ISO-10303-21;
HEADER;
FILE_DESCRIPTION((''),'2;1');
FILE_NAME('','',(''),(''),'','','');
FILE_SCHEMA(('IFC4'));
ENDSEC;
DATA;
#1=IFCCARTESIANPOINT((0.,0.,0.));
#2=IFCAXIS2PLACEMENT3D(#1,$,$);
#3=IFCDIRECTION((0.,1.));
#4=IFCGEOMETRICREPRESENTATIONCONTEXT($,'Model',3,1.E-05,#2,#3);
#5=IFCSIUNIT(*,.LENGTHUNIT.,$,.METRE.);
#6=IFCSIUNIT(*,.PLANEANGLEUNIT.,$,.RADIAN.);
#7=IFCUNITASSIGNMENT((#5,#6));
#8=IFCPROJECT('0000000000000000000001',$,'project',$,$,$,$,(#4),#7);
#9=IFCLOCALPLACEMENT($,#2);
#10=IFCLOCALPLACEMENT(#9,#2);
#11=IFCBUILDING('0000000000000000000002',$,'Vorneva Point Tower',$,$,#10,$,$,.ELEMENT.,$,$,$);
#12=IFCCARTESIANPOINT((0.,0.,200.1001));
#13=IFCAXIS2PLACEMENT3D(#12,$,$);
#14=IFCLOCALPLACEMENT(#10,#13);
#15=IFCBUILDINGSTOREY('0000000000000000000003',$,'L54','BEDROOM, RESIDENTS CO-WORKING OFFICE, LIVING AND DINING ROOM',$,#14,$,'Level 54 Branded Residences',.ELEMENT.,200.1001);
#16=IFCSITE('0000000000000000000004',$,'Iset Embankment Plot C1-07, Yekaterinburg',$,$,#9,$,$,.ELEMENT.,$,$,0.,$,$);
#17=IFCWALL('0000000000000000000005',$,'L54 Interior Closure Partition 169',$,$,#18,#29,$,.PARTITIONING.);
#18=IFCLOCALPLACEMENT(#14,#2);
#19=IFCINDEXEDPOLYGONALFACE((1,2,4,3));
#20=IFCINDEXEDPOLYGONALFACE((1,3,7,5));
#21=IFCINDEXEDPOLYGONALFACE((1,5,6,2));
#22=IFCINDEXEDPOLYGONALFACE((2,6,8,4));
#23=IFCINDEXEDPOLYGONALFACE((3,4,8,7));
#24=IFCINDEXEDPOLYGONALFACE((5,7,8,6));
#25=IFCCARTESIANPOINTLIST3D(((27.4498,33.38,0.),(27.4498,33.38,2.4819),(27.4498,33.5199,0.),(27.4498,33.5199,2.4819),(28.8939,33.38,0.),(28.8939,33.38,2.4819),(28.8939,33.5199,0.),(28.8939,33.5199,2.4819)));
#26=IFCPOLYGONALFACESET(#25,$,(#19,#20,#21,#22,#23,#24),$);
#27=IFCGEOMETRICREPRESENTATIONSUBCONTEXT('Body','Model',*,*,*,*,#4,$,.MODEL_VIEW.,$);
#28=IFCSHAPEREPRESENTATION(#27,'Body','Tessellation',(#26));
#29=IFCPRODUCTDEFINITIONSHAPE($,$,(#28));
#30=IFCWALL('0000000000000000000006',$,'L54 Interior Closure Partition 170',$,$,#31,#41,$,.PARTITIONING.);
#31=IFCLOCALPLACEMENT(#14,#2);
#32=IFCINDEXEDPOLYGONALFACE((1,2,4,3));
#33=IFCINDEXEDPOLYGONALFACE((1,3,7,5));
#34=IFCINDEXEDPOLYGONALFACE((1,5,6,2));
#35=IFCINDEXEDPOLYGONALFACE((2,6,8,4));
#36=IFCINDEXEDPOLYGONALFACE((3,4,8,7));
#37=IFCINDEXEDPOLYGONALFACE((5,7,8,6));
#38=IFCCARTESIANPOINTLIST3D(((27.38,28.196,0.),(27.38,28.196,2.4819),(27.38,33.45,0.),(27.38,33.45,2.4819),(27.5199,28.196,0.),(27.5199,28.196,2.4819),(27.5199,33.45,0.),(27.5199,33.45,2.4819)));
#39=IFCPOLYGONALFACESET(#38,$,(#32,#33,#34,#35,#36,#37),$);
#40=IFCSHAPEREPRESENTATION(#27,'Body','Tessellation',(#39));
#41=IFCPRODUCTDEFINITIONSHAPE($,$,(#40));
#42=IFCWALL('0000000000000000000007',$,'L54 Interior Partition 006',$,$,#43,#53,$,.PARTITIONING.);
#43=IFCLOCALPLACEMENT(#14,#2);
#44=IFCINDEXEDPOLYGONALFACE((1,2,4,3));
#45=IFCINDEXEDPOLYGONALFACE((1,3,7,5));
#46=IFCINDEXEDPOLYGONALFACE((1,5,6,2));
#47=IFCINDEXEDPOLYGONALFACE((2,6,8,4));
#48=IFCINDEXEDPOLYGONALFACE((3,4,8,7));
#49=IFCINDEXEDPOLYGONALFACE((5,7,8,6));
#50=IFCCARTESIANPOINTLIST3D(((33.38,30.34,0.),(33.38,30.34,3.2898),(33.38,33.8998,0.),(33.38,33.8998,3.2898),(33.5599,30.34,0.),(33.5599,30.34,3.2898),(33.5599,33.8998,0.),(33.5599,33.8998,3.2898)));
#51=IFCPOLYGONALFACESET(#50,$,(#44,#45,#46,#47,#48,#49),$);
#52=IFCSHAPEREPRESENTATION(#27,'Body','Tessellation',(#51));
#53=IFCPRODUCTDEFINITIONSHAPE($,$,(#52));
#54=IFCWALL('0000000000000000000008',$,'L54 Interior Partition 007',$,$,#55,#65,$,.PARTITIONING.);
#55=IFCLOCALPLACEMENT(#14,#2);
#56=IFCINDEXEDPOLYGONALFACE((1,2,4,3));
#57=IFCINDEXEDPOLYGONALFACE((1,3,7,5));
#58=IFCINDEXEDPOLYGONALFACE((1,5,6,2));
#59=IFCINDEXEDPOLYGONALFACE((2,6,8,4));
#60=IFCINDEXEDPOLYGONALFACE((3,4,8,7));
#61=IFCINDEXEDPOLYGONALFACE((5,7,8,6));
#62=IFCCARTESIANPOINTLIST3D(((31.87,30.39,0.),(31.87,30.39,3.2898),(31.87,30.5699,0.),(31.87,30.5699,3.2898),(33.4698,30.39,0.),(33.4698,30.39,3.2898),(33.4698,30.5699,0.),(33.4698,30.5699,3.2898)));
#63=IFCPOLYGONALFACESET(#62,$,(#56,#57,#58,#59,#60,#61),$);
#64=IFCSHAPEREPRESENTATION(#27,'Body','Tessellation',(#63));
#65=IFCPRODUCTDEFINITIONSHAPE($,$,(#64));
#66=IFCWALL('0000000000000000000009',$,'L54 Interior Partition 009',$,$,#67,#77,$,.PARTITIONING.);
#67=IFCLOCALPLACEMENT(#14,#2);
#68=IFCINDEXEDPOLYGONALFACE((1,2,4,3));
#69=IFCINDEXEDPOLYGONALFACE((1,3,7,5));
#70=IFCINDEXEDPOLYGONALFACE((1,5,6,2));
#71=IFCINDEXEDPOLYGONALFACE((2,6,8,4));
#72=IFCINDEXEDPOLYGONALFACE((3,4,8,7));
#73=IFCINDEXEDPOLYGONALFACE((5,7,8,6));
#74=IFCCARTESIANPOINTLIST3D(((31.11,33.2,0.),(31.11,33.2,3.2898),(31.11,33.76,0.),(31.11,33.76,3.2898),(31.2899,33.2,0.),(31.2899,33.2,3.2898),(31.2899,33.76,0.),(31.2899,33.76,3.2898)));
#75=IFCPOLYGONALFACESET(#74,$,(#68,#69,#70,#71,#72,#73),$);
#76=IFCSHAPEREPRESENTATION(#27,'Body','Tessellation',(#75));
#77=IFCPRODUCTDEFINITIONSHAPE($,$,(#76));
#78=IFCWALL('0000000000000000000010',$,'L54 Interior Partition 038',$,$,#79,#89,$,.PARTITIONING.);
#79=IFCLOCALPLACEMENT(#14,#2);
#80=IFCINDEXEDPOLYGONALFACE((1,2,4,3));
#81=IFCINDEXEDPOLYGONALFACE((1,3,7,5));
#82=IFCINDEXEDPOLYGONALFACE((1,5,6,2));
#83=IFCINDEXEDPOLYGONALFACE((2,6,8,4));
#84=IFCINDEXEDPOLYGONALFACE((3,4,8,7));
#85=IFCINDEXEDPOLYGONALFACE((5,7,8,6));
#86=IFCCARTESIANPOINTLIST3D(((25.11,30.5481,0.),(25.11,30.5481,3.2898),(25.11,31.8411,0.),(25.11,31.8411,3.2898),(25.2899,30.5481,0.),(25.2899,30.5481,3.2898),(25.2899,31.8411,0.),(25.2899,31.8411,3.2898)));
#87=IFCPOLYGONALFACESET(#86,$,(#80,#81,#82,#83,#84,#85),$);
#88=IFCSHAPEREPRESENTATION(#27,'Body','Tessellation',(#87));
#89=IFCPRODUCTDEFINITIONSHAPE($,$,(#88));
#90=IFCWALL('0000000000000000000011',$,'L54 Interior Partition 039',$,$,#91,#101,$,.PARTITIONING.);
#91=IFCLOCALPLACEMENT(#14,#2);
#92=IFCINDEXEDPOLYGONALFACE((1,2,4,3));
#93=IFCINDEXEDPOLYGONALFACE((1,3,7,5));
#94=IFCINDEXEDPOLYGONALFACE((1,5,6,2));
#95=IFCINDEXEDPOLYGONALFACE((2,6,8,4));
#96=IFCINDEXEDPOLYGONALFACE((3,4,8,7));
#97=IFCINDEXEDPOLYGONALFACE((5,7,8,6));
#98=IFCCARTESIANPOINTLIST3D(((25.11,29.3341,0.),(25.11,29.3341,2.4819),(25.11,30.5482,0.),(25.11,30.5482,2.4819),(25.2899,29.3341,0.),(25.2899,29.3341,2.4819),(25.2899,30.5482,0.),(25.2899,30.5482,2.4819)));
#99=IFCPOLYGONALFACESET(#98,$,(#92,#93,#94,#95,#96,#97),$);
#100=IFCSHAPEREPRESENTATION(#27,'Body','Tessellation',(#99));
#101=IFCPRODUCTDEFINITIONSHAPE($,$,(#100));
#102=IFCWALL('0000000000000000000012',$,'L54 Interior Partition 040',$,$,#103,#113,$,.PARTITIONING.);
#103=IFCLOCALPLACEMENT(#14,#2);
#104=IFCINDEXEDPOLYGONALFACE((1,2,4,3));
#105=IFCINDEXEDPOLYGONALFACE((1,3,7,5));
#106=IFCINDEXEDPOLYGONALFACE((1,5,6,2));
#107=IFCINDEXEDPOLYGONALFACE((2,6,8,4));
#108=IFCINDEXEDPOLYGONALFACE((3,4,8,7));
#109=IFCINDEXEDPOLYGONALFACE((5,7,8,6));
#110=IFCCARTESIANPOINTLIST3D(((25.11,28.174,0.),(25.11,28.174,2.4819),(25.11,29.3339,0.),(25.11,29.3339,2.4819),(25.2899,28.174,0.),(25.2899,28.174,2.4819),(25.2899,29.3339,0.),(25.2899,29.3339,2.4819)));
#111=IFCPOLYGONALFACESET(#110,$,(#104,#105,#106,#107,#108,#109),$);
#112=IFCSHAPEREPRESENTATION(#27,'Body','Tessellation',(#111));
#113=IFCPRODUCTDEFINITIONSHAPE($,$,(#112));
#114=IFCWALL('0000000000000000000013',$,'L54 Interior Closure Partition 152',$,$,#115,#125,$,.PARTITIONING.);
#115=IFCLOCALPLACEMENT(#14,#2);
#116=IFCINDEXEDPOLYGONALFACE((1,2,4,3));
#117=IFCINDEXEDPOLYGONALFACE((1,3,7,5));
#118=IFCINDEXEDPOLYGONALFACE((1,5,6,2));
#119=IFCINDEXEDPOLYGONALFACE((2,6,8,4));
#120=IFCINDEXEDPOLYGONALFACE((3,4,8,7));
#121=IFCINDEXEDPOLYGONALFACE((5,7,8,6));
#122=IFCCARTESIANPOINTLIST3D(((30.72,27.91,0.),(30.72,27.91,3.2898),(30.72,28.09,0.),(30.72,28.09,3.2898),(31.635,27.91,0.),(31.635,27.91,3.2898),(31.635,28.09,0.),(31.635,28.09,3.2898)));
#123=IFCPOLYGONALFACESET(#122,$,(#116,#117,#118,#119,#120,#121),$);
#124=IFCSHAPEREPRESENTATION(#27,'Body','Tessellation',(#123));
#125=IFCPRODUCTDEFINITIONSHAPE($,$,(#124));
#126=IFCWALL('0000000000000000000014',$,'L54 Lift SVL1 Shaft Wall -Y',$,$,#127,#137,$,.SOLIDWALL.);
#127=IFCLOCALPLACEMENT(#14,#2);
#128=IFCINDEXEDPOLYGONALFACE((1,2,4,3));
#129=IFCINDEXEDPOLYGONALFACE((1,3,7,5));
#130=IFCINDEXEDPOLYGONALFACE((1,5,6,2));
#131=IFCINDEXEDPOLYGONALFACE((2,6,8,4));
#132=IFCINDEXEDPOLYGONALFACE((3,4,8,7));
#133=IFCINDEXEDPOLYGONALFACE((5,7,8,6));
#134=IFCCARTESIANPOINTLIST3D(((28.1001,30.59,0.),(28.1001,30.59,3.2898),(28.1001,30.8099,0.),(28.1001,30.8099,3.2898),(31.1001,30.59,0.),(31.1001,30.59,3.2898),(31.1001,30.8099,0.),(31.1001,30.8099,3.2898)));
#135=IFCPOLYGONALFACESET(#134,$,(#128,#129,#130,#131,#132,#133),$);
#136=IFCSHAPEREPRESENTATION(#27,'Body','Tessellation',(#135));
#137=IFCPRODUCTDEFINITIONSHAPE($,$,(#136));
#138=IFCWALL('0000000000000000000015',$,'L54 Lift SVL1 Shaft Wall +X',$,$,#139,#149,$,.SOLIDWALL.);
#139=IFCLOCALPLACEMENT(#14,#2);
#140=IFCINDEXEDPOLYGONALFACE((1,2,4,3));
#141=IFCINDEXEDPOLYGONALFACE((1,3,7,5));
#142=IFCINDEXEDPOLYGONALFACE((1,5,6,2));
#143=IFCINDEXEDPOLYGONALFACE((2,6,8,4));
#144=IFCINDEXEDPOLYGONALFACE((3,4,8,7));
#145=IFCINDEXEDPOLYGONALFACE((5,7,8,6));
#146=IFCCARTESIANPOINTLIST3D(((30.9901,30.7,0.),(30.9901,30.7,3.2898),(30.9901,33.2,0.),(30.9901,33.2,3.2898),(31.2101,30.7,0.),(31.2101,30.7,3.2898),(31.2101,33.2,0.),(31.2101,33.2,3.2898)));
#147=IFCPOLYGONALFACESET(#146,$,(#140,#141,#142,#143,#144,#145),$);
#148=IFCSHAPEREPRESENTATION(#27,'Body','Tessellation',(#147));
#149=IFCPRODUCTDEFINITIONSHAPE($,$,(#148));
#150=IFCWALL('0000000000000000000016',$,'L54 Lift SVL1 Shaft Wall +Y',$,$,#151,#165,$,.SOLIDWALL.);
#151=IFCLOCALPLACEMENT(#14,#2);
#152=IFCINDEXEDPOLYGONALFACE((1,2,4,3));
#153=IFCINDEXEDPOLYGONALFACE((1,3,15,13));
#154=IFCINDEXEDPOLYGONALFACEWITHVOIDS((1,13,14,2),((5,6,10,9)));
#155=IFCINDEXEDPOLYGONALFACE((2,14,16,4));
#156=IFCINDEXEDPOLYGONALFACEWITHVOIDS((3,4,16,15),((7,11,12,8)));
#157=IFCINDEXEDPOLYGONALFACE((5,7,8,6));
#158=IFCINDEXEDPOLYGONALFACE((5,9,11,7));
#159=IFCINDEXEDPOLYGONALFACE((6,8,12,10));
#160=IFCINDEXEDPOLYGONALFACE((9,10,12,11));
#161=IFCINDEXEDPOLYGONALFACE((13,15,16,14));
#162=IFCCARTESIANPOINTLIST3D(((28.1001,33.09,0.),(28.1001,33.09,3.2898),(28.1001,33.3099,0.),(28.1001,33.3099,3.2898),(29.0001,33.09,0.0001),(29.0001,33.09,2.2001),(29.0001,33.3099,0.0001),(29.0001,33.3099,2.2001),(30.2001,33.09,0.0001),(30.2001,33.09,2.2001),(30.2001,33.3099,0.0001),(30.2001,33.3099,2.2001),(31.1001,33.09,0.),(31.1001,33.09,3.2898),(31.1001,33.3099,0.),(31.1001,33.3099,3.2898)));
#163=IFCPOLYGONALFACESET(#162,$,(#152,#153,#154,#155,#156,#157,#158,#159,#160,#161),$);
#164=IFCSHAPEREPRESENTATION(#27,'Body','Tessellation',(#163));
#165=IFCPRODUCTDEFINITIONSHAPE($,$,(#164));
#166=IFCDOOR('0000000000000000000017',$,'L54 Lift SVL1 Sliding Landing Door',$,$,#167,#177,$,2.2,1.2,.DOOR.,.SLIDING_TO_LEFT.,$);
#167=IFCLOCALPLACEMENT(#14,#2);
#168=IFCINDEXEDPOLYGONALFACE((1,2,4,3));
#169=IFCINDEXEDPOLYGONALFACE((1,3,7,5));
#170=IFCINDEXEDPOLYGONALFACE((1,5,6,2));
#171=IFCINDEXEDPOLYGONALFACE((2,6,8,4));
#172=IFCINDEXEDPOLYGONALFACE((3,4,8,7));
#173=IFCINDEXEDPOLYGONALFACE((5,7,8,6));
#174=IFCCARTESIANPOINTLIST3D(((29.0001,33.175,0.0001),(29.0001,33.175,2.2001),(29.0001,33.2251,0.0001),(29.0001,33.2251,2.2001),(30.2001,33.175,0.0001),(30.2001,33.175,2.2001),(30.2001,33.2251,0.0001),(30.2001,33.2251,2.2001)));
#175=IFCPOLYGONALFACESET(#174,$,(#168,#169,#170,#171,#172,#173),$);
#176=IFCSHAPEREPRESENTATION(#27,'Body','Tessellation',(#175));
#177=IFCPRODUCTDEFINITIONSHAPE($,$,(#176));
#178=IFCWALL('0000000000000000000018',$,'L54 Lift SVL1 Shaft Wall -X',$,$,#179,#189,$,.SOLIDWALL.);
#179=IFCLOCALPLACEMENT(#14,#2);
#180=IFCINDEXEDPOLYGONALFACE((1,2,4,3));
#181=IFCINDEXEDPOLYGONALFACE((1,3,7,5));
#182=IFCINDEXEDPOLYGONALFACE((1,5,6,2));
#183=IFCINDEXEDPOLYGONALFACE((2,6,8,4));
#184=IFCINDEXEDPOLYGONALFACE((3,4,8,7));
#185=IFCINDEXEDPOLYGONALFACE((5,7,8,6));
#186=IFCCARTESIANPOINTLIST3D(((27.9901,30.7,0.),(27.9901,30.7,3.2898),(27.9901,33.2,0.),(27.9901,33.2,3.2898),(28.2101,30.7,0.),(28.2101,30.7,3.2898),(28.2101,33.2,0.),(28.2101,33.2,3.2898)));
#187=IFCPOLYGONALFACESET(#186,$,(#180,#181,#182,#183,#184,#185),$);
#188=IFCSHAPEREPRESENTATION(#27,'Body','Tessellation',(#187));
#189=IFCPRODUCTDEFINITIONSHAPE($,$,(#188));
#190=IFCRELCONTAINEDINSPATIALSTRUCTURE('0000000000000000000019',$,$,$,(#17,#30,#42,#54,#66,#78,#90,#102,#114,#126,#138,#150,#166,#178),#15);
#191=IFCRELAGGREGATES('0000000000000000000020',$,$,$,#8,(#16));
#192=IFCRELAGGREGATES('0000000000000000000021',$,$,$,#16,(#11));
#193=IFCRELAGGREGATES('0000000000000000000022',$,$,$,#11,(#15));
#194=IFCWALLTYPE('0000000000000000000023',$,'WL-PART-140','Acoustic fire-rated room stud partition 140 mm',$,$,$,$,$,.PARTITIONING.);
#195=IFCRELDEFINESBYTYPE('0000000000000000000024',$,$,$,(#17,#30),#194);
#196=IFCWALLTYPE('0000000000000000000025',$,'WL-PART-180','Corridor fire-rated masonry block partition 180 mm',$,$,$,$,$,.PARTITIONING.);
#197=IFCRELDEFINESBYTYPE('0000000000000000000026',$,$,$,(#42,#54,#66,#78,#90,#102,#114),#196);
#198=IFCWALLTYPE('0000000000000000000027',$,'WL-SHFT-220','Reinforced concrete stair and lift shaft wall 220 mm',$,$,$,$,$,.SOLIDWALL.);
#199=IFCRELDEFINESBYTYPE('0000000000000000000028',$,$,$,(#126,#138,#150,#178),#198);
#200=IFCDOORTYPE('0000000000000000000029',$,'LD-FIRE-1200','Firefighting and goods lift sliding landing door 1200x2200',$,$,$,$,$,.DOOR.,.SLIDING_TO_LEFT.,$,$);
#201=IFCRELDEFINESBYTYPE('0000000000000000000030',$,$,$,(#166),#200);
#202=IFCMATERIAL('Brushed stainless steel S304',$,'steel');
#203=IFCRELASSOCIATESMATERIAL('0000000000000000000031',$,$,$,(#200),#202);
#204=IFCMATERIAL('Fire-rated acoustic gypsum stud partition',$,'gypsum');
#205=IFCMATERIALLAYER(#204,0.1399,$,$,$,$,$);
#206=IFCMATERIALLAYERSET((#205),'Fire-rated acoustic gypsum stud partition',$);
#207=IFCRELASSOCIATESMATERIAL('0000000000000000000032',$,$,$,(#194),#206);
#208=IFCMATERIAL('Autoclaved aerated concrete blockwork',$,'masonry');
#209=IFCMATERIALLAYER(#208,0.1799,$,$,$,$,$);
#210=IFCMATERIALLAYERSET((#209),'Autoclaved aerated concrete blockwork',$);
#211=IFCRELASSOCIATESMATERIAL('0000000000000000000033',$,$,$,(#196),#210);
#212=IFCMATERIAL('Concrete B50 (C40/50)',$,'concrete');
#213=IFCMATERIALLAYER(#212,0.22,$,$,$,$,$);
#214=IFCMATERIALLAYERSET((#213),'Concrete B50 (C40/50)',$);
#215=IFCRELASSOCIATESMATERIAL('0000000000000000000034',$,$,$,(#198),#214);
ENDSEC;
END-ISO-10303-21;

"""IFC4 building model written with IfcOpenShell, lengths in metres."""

from ifc_helpers import new_model, si_unit, direction, frame, frame_2d, origin, place, context, subcontext, project, spatial, rectangle, extrude, material, layer, layer_set, type_object, element, fill, save


model = new_model("IFC4")

# Units and contexts
model_context = context("Model", 3, precision=1e-05, world=origin(), true_north=direction((0.0, 1.0)))
body_context = subcontext(model_context, "Body", "Model", "MODEL_VIEW")
ifc_project = project(units=[si_unit("LENGTHUNIT", "METRE"), si_unit("PLANEANGLEUNIT", "RADIAN")], contexts=[model_context])

# Site, building, storey
site_placement = place(None, origin())
site = spatial("IfcSite", under=ifc_project, at=site_placement, Name="Iset Embankment Plot C1-07, Yekaterinburg", CompositionType="ELEMENT", RefElevation=0.0)
building_placement = place(site_placement, origin())
building = spatial("IfcBuilding", under=site, at=building_placement, Name="Vorneva Point Tower", CompositionType="ELEMENT")
storey_placement = place(building_placement, frame((0.0, 0.0, 200.1001)))
storey = spatial("IfcBuildingStorey", under=building, at=storey_placement, Name="L54", Description="BEDROOM, RESIDENTS CO-WORKING OFFICE, LIVING AND DINING ROOM", LongName="Level 54 Branded Residences", CompositionType="ELEMENT", Elevation=200.1001)

# Shared definitions
ifc_material_1 = material(Name="Concrete B50 (C40/50)", Category="concrete")

# Shared definitions
ifc_material_2 = material(Name="Brushed stainless steel S304", Category="steel")
door_type_1 = type_object("IfcDoorType", Name="LD-FIRE-1200", Description="Firefighting and goods lift sliding landing door 1200x2200", OperationType="SLIDING_TO_LEFT", PredefinedType="DOOR", material=ifc_material_2)

# Walls
ifc_material_3 = material(Name="Fire-rated acoustic gypsum stud partition", Category="gypsum")
ifc_layer_1 = layer(ifc_material_3, 0.1399)
ifc_layer_set_1 = layer_set([ifc_layer_1], Name="Fire-rated acoustic gypsum stud partition")
wall_type_1 = type_object("IfcWallType", Name="WL-PART-140", Description="Acoustic fire-rated room stud partition 140 mm", PredefinedType="PARTITIONING", material=ifc_layer_set_1)
wall_1_placement = place(storey_placement, frame((28.894, 33.45, 0.0), z_axis=(0.0, 0.0, 1.0), x_axis=(-1.0, 0.0, 0.0)))
element("IfcWall", 1, at=wall_1_placement, inside=storey, type_object=wall_type_1, Name="L54 Interior Closure Partition 169", PredefinedType="PARTITIONING", context=body_context, shape_type="SweptSolid", body=[
    extrude(rectangle(XDim=1.4441, YDim=0.1399, at=frame_2d((0.7222, 0.0))), origin(), (0.0, 0.0, 1.0), 2.4819),
])
wall_2_placement = place(storey_placement, frame((27.45, 33.45, 0.0), z_axis=(0.0, 0.0, 1.0), x_axis=(0.0, -1.0, 0.0)))
element("IfcWall", 2, at=wall_2_placement, inside=storey, type_object=wall_type_1, Name="L54 Interior Closure Partition 170", PredefinedType="PARTITIONING", context=body_context, shape_type="SweptSolid", body=[
    extrude(rectangle(XDim=5.2539, YDim=0.1399, at=frame_2d((2.627, 0.0))), origin(), (0.0, 0.0, 1.0), 2.4819),
])

# Shared definitions
ifc_material_4 = material(Name="Autoclaved aerated concrete blockwork", Category="masonry")
ifc_layer_2 = layer(ifc_material_4, 0.1799)
ifc_layer_set_2 = layer_set([ifc_layer_2], Name="Autoclaved aerated concrete blockwork")
wall_type_2 = type_object("IfcWallType", Name="WL-PART-180", Description="Corridor fire-rated masonry block partition 180 mm", PredefinedType="PARTITIONING", material=ifc_layer_set_2)

# Walls
wall_3_placement = place(storey_placement, frame((33.47, 30.3401, 0.0), z_axis=(0.0, 0.0, 1.0), x_axis=(0.0, 1.0, 0.0)))
element("IfcWall", 3, at=wall_3_placement, inside=storey, type_object=wall_type_2, Name="L54 Interior Partition 006", PredefinedType="PARTITIONING", context=body_context, shape_type="SweptSolid", body=[
    extrude(rectangle(XDim=3.5598, YDim=0.1799, at=frame_2d((1.7798, 0.0))), origin(), (0.0, 0.0, 1.0), 3.2898),
])
wall_4_placement = place(storey_placement, frame((31.8701, 30.48, 0.0), z_axis=(0.0, 0.0, 1.0), x_axis=(1.0, 0.0, 0.0)))
element("IfcWall", 4, at=wall_4_placement, inside=storey, type_object=wall_type_2, Name="L54 Interior Partition 007", PredefinedType="PARTITIONING", context=body_context, shape_type="SweptSolid", body=[
    extrude(rectangle(XDim=1.5999, YDim=0.1799, at=frame_2d((0.7998, 0.0))), origin(), (0.0, 0.0, 1.0), 3.2898),
])
wall_5_placement = place(storey_placement, frame((31.2, 33.76, 0.0), z_axis=(0.0, 0.0, 1.0), x_axis=(0.0, -1.0, 0.0)))
element("IfcWall", 5, at=wall_5_placement, inside=storey, type_object=wall_type_2, Name="L54 Interior Partition 009", PredefinedType="PARTITIONING", context=body_context, shape_type="SweptSolid", body=[
    extrude(rectangle(XDim=0.5601, YDim=0.1799, at=frame_2d((0.28, 0.0))), origin(), (0.0, 0.0, 1.0), 3.2898),
])
wall_6_placement = place(storey_placement, frame((25.2, 31.8411, 0.0), z_axis=(0.0, 0.0, 1.0), x_axis=(0.0, -1.0, 0.0)))
element("IfcWall", 6, at=wall_6_placement, inside=storey, type_object=wall_type_2, Name="L54 Interior Partition 038", PredefinedType="PARTITIONING", context=body_context, shape_type="SweptSolid", body=[
    extrude(rectangle(XDim=1.293, YDim=0.1799, at=frame_2d((0.6465, 0.0))), origin(), (0.0, 0.0, 1.0), 3.2898),
])
wall_7_placement = place(storey_placement, frame((25.2, 30.5481, 0.0), z_axis=(0.0, 0.0, 1.0), x_axis=(0.0, -1.0, 0.0)))
element("IfcWall", 7, at=wall_7_placement, inside=storey, type_object=wall_type_2, Name="L54 Interior Partition 039", PredefinedType="PARTITIONING", context=body_context, shape_type="SweptSolid", body=[
    extrude(rectangle(XDim=1.2141, YDim=0.1799, at=frame_2d((0.6069, 0.0))), origin(), (0.0, 0.0, 1.0), 2.4819),
])
wall_8_placement = place(storey_placement, frame((25.2, 29.334, 0.0), z_axis=(0.0, 0.0, 1.0), x_axis=(0.0, -1.0, 0.0)))
element("IfcWall", 8, at=wall_8_placement, inside=storey, type_object=wall_type_2, Name="L54 Interior Partition 040", PredefinedType="PARTITIONING", context=body_context, shape_type="SweptSolid", body=[
    extrude(rectangle(XDim=1.1599, YDim=0.1799, at=frame_2d((0.5801, 0.0))), origin(), (0.0, 0.0, 1.0), 2.4819),
])
wall_9_placement = place(storey_placement, frame((31.635, 28.0, 0.0), z_axis=(0.0, 0.0, 1.0), x_axis=(-1.0, 0.0, 0.0)))
element("IfcWall", 9, at=wall_9_placement, inside=storey, type_object=wall_type_2, Name="L54 Interior Closure Partition 152", PredefinedType="PARTITIONING", context=body_context, shape_type="SweptSolid", body=[
    extrude(rectangle(XDim=0.915, YDim=0.1799, at=frame_2d((0.4575, 0.0))), origin(), (0.0, 0.0, 1.0), 3.2898),
])
ifc_layer_3 = layer(ifc_material_1, 0.22)
ifc_layer_set_3 = layer_set([ifc_layer_3], Name="Concrete B50 (C40/50)")
wall_type_3 = type_object("IfcWallType", Name="WL-SHFT-220", Description="Reinforced concrete stair and lift shaft wall 220 mm", PredefinedType="SOLIDWALL", material=ifc_layer_set_3)
wall_10_placement = place(storey_placement, frame((28.1001, 30.7, 0.0), z_axis=(0.0, 0.0, 1.0), x_axis=(1.0, 0.0, 0.0)))
element("IfcWall", 10, at=wall_10_placement, inside=storey, type_object=wall_type_3, Name="L54 Lift SVL1 Shaft Wall -Y", PredefinedType="SOLIDWALL", context=body_context, shape_type="SweptSolid", body=[
    extrude(rectangle(XDim=3.0, YDim=0.22, at=frame_2d((1.5, 0.0))), origin(), (0.0, 0.0, 1.0), 3.2898),
])
wall_11_placement = place(storey_placement, frame((31.1001, 30.7, 0.0), z_axis=(0.0, 0.0, 1.0), x_axis=(0.0, 1.0, 0.0)))
element("IfcWall", 11, at=wall_11_placement, inside=storey, type_object=wall_type_3, Name="L54 Lift SVL1 Shaft Wall +X", PredefinedType="SOLIDWALL", context=body_context, shape_type="SweptSolid", body=[
    extrude(rectangle(XDim=2.5, YDim=0.22, at=frame_2d((1.25, 0.0))), origin(), (0.0, 0.0, 1.0), 3.2898),
])

# Wall, opening, door
wall_12_placement = place(storey_placement, frame((31.1001, 33.2, 0.0), z_axis=(0.0, 0.0, 1.0), x_axis=(-1.0, 0.0, 0.0)))
wall_12 = element("IfcWall", 12, at=wall_12_placement, inside=storey, type_object=wall_type_3, Name="L54 Lift SVL1 Shaft Wall +Y", PredefinedType="SOLIDWALL", context=body_context, shape_type="SweptSolid", body=[
    extrude(rectangle(XDim=3.0, YDim=0.22, at=frame_2d((1.5, 0.0))), origin(), (0.0, 0.0, 1.0), 3.2898),
])
opening_1_placement = place(wall_12_placement, frame((0.8999, 0.0, 0.0)))
opening_1 = element("IfcOpeningElement", 13, at=opening_1_placement, cuts=wall_12, PredefinedType="OPENING", context=body_context, shape_type="SweptSolid", body=[
    extrude(rectangle(XDim=1.2, YDim=2.2, at=frame_2d((0.6001, 1.1001))), frame((0.0, 0.125, 0.0), z_axis=(0.0, -1.0, 0.0), x_axis=(1.0, 0.0, 0.0)), (0.0, 0.0, 1.0), 0.2498),
])
door_1_placement = place(opening_1_placement, origin())
door_1 = element("IfcDoor", 14, at=door_1_placement, inside=storey, type_object=door_type_1, Name="L54 Lift SVL1 Sliding Landing Door", OperationType="SLIDING_TO_LEFT", OverallHeight=2.2, OverallWidth=1.2, PredefinedType="DOOR", context=body_context, shape_type="SweptSolid", body=[
    extrude(rectangle(XDim=1.2, YDim=2.2, at=frame_2d((0.6001, 1.1001))), frame((0.0, 0.0249, 0.0), z_axis=(0.0, -1.0, 0.0), x_axis=(1.0, 0.0, 0.0)), (0.0, 0.0, 1.0), 0.05),
])
fill(opening_1, door_1)

# Wall
wall_13_placement = place(storey_placement, frame((28.1001, 33.2, 0.0), z_axis=(0.0, 0.0, 1.0), x_axis=(0.0, -1.0, 0.0)))
element("IfcWall", 15, at=wall_13_placement, inside=storey, type_object=wall_type_3, Name="L54 Lift SVL1 Shaft Wall -X", PredefinedType="SOLIDWALL", context=body_context, shape_type="SweptSolid", body=[
    extrude(rectangle(XDim=2.5, YDim=0.22, at=frame_2d((1.25, 0.0))), origin(), (0.0, 0.0, 1.0), 3.2898),
])

save(model, "model.ifc")
